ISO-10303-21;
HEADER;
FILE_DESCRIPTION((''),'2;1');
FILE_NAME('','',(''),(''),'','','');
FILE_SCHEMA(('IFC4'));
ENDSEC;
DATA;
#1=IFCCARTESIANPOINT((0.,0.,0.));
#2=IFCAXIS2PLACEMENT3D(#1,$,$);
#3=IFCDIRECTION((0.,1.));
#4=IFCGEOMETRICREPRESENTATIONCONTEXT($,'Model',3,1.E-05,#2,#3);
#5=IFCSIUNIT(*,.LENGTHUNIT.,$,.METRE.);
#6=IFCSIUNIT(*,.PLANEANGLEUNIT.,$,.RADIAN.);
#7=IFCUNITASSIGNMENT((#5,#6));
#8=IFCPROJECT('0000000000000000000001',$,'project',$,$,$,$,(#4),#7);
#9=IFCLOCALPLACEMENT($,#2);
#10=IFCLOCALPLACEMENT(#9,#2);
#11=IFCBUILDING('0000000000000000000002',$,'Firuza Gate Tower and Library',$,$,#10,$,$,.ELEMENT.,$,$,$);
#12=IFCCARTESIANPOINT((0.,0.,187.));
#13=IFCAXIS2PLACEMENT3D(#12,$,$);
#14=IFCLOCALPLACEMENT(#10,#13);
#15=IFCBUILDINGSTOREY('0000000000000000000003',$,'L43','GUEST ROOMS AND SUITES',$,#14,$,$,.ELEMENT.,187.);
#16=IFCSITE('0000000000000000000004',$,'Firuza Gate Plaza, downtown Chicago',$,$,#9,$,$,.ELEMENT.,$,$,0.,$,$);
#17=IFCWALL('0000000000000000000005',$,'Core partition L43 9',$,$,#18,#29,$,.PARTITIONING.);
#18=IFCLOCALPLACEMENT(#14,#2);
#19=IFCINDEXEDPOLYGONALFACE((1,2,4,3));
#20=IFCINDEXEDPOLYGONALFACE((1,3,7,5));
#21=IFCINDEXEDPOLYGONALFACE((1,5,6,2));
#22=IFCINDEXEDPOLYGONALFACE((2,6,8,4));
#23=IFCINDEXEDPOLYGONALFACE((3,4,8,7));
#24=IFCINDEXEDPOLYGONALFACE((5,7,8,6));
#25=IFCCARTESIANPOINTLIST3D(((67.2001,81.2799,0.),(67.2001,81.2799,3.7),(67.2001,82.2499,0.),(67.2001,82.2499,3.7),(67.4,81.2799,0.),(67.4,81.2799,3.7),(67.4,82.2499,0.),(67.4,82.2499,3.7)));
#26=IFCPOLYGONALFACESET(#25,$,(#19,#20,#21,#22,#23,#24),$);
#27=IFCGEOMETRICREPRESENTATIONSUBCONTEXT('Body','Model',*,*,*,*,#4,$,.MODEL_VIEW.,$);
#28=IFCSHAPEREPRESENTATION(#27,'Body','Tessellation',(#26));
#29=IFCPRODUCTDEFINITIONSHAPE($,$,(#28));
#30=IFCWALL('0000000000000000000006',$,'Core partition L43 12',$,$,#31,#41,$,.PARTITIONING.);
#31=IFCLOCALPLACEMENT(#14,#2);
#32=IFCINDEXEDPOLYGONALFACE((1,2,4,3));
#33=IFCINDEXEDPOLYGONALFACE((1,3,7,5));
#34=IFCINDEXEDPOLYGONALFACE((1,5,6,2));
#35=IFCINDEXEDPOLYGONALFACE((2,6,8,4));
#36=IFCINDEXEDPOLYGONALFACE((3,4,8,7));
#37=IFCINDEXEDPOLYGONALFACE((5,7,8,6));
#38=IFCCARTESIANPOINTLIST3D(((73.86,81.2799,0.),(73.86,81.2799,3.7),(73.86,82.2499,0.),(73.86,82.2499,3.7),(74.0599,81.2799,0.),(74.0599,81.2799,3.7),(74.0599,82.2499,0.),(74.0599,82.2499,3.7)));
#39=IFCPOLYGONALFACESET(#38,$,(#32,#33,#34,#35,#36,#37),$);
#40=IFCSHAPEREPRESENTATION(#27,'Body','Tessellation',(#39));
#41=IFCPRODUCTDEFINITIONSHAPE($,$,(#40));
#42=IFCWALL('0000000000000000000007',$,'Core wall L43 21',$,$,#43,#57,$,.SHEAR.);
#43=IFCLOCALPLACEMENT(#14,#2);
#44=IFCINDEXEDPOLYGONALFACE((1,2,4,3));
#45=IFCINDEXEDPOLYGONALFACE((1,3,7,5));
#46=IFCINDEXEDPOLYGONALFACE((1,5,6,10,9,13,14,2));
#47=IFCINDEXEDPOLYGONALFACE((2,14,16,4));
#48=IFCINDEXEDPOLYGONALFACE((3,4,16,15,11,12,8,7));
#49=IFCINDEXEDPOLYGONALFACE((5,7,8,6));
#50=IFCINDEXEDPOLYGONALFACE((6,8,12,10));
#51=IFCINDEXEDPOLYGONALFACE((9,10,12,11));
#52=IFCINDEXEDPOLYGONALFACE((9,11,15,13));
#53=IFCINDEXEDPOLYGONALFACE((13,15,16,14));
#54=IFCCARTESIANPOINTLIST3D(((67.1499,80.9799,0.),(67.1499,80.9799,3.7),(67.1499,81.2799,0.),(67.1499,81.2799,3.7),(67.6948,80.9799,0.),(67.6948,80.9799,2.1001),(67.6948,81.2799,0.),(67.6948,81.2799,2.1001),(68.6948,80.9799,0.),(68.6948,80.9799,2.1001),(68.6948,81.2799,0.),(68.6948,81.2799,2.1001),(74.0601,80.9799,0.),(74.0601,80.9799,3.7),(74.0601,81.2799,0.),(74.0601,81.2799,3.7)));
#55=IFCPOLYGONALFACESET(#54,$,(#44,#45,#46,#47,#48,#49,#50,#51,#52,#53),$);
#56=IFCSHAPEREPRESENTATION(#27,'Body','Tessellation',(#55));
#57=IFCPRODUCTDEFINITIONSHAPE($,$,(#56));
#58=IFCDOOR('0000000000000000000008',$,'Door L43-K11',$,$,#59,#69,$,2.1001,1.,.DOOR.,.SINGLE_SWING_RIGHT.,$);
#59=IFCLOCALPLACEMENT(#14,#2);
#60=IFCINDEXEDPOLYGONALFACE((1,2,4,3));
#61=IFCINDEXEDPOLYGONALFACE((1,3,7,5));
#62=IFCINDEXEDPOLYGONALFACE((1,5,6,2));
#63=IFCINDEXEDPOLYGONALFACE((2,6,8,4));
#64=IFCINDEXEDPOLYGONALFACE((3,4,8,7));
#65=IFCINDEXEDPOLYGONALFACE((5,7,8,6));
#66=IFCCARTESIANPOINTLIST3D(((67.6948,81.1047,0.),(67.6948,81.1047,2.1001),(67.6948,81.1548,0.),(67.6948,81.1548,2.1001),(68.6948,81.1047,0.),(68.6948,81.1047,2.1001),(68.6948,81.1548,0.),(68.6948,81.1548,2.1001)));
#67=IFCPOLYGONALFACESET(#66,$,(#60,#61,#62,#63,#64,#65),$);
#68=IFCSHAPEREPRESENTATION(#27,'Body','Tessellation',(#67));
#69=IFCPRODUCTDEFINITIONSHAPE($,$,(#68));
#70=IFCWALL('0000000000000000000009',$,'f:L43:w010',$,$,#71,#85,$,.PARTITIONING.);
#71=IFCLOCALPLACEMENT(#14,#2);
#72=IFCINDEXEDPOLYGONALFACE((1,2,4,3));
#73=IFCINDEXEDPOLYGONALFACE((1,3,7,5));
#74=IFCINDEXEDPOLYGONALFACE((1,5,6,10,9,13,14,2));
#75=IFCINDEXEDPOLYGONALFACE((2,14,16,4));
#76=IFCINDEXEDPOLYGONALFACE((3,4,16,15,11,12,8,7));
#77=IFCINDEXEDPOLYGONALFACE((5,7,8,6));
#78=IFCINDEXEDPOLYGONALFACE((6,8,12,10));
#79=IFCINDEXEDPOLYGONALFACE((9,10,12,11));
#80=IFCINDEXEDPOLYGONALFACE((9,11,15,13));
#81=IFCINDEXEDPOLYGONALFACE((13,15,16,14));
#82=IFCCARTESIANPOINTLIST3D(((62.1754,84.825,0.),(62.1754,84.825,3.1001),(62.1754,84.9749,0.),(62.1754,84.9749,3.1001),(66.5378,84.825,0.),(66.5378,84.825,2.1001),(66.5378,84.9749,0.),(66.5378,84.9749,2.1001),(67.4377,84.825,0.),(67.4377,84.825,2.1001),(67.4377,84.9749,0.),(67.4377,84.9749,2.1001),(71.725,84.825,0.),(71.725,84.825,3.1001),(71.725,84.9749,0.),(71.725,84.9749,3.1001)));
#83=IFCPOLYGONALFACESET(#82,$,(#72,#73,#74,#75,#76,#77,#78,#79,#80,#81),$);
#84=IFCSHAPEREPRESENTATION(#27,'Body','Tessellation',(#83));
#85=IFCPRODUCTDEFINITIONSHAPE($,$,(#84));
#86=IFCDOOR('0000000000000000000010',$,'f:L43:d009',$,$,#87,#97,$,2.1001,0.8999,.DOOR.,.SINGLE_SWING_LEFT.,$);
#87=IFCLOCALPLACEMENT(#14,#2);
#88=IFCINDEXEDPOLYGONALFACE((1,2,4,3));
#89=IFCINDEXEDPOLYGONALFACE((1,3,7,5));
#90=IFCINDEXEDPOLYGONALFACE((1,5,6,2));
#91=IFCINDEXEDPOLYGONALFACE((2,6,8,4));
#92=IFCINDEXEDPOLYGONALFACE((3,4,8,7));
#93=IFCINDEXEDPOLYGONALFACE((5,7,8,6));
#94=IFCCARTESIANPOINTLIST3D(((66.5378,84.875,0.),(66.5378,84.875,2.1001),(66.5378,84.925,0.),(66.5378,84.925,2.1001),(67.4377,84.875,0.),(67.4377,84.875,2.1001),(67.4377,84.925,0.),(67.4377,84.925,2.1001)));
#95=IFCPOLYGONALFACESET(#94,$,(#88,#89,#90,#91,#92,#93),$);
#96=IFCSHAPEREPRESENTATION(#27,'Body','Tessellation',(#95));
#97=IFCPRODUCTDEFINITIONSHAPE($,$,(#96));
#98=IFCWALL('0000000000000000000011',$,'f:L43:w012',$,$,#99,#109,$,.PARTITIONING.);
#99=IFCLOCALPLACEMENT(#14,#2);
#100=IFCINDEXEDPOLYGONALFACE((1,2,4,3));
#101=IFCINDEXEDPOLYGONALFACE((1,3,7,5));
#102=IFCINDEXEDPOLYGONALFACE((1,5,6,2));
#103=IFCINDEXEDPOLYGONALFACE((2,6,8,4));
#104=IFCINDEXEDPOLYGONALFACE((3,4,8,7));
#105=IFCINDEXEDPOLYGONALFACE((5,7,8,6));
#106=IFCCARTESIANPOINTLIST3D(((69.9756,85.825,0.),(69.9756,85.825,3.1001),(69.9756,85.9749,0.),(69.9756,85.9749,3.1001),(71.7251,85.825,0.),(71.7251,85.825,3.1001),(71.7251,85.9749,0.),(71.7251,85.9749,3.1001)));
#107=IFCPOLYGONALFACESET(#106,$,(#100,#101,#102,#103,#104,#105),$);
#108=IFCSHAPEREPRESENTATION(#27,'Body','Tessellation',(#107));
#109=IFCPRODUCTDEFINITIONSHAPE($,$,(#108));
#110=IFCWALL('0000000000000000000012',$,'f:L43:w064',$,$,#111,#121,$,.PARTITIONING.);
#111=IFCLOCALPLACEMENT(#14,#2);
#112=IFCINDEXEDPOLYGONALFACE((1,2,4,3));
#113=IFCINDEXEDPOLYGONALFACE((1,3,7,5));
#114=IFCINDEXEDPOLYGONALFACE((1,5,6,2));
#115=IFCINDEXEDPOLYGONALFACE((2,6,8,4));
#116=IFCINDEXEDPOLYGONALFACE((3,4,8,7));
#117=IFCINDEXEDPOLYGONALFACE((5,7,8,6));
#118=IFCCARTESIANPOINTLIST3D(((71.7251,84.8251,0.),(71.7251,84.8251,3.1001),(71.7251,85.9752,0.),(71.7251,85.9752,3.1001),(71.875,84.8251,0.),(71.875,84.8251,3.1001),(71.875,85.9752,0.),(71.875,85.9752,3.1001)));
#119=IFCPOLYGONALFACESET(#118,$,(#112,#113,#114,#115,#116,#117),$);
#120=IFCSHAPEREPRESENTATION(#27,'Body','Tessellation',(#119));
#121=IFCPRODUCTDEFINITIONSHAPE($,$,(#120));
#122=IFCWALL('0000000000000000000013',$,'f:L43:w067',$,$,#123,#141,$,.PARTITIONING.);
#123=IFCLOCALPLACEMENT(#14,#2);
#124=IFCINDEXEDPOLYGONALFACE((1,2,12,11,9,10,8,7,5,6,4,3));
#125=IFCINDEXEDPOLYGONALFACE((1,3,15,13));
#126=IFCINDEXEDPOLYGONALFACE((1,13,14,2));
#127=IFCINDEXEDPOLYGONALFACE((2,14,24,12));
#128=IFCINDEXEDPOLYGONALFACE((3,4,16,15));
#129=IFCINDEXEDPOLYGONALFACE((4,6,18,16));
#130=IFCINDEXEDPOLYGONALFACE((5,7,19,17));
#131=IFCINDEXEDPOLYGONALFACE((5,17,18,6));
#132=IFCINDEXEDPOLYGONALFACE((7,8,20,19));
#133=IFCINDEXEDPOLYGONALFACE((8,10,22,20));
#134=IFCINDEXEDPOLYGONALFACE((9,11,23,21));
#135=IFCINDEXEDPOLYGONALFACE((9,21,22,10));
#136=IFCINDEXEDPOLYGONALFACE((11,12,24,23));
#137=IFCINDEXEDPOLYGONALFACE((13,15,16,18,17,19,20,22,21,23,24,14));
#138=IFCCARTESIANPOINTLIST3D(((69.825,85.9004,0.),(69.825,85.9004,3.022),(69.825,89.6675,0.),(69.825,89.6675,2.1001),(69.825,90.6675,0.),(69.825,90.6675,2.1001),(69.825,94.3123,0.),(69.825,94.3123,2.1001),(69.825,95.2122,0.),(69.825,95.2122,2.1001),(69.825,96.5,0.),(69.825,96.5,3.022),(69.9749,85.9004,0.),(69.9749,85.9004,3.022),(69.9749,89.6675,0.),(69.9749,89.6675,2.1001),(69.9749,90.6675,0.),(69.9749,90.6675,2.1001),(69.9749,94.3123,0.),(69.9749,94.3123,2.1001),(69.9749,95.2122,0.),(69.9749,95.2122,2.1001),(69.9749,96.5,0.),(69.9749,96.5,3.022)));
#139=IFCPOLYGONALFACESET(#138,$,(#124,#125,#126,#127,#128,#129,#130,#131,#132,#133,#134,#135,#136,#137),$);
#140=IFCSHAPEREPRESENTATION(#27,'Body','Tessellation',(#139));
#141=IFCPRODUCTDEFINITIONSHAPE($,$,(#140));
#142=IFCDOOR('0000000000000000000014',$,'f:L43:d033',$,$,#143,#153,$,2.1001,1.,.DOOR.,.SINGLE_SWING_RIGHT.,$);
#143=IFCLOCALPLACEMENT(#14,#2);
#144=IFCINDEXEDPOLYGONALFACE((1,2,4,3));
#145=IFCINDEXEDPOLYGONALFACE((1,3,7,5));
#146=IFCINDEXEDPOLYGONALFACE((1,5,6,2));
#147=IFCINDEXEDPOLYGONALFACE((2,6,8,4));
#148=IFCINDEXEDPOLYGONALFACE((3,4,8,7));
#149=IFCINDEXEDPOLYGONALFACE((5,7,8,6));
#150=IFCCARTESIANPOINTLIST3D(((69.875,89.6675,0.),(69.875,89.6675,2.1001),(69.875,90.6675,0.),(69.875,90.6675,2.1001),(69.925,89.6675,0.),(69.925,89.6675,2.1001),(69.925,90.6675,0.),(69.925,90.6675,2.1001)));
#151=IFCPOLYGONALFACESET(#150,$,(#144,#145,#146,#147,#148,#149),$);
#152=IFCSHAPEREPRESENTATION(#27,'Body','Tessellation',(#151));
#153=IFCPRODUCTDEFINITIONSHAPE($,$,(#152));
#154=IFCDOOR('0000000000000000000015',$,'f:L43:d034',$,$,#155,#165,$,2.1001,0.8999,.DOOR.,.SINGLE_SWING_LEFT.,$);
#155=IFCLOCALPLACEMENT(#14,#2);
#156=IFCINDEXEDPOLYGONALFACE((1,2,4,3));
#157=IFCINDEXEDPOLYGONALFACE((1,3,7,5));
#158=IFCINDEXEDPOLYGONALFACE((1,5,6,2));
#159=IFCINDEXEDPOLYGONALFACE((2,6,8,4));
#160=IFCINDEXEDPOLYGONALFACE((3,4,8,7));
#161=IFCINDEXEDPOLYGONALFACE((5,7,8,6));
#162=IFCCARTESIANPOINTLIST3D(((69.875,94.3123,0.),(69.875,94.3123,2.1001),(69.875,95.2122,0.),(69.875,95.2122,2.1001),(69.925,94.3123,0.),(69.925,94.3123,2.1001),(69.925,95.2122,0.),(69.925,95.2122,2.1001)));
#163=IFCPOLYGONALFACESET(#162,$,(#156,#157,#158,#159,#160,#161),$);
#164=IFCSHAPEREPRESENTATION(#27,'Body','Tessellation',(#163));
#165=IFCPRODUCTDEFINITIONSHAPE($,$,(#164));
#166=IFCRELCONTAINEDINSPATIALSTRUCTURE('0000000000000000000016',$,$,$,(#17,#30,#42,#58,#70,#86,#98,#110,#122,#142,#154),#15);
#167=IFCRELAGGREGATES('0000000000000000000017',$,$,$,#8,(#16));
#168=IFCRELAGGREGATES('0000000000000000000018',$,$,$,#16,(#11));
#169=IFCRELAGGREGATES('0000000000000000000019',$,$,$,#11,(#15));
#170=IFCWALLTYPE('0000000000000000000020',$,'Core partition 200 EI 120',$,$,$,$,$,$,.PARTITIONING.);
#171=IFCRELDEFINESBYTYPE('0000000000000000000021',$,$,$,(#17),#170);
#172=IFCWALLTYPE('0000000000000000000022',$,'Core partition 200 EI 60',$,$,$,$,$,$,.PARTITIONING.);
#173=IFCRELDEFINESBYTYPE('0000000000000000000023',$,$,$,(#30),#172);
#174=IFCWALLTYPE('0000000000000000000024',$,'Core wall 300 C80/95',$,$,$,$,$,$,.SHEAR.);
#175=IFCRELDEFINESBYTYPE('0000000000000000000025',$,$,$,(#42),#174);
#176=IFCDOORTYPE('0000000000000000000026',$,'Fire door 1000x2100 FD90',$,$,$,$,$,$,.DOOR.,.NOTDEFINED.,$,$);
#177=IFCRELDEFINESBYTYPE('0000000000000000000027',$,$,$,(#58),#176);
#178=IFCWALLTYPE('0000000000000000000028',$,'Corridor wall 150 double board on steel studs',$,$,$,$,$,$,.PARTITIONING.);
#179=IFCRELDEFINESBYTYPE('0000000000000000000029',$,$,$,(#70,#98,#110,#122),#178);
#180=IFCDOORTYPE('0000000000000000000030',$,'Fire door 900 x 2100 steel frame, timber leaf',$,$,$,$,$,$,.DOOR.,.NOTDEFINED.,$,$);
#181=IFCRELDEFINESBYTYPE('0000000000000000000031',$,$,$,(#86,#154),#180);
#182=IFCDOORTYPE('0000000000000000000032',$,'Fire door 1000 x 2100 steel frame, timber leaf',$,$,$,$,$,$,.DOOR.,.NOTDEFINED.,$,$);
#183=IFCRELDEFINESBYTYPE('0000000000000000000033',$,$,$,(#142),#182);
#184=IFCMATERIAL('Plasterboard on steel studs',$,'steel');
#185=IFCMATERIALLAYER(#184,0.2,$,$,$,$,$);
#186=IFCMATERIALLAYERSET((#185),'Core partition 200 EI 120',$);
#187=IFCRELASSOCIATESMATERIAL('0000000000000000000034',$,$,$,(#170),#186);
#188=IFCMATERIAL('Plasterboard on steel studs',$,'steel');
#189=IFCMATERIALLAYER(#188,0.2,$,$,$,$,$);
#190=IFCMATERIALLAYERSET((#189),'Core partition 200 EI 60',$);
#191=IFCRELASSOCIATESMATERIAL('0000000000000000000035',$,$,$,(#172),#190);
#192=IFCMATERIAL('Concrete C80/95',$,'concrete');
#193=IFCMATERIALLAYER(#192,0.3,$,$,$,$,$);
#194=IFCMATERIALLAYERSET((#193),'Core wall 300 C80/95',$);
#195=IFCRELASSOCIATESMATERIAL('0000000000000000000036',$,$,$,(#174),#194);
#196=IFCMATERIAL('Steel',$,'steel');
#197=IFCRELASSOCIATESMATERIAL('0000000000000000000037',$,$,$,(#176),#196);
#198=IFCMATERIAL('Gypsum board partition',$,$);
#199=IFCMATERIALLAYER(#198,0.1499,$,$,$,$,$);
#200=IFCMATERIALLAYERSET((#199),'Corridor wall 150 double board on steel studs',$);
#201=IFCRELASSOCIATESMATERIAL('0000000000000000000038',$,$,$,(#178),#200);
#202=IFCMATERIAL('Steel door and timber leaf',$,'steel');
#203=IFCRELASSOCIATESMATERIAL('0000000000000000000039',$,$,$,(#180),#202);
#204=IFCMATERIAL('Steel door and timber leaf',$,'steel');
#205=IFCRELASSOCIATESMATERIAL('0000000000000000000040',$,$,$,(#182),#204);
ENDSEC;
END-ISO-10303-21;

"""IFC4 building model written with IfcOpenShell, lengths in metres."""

from ifc_helpers import new_model, si_unit, direction, frame, frame_2d, origin, place, context, subcontext, project, spatial, rectangle, extrude, material, layer, layer_set, type_object, element, fill, save


model = new_model("IFC4")

# Units and contexts
model_context = context("Model", 3, precision=1e-05, world=origin(), true_north=direction((0.0, 1.0)))
body_context = subcontext(model_context, "Body", "Model", "MODEL_VIEW")
ifc_project = project(units=[si_unit("LENGTHUNIT", "METRE"), si_unit("PLANEANGLEUNIT", "RADIAN")], contexts=[model_context])

# Site, building, storey
site_placement = place(None, origin())
site = spatial("IfcSite", under=ifc_project, at=site_placement, Name="Firuza Gate Plaza, downtown Chicago", CompositionType="ELEMENT", RefElevation=0.0)
building_placement = place(site_placement, origin())
building = spatial("IfcBuilding", under=site, at=building_placement, Name="Firuza Gate Tower and Library", CompositionType="ELEMENT")
storey_placement = place(building_placement, frame((0.0, 0.0, 187.0)))
storey = spatial("IfcBuildingStorey", under=building, at=storey_placement, Name="L43", Description="GUEST ROOMS AND SUITES", CompositionType="ELEMENT", Elevation=187.0)

# Walls
ifc_material_1 = material(Name="Plasterboard on steel studs", Category="steel")
ifc_layer_1 = layer(ifc_material_1, 0.2)
ifc_layer_set_1 = layer_set([ifc_layer_1], Name="Core partition 200 EI 120")
wall_type_1 = type_object("IfcWallType", Name="Core partition 200 EI 120", PredefinedType="PARTITIONING", material=ifc_layer_set_1)
wall_1_placement = place(storey_placement, frame((67.3, 81.28, 0.0), z_axis=(0.0, 0.0, 1.0), x_axis=(0.0, 1.0, 0.0)))
element("IfcWall", 1, at=wall_1_placement, inside=storey, type_object=wall_type_1, Name="Core partition L43 9", PredefinedType="PARTITIONING", context=body_context, shape_type="SweptSolid", body=[
    extrude(rectangle(XDim=0.97, YDim=0.2, at=frame_2d((0.4849, 0.0))), origin(), (0.0, 0.0, 1.0), 3.7),
])
ifc_material_2 = material(Name="Plasterboard on steel studs", Category="steel")
ifc_layer_2 = layer(ifc_material_2, 0.2)
ifc_layer_set_2 = layer_set([ifc_layer_2], Name="Core partition 200 EI 60")
wall_type_2 = type_object("IfcWallType", Name="Core partition 200 EI 60", PredefinedType="PARTITIONING", material=ifc_layer_set_2)
wall_2_placement = place(storey_placement, frame((73.96, 81.28, 0.0), z_axis=(0.0, 0.0, 1.0), x_axis=(0.0, 1.0, 0.0)))
element("IfcWall", 2, at=wall_2_placement, inside=storey, type_object=wall_type_2, Name="Core partition L43 12", PredefinedType="PARTITIONING", context=body_context, shape_type="SweptSolid", body=[
    extrude(rectangle(XDim=0.97, YDim=0.2, at=frame_2d((0.4849, 0.0))), origin(), (0.0, 0.0, 1.0), 3.7),
])

# Walls, openings, doors
ifc_material_3 = material(Name="Concrete C80/95", Category="concrete")
ifc_layer_3 = layer(ifc_material_3, 0.3)
ifc_layer_set_3 = layer_set([ifc_layer_3], Name="Core wall 300 C80/95")
wall_type_3 = type_object("IfcWallType", Name="Core wall 300 C80/95", PredefinedType="SHEAR", material=ifc_layer_set_3)
wall_3_placement = place(storey_placement, frame((67.1499, 81.1299, 0.0), z_axis=(0.0, 0.0, 1.0), x_axis=(1.0, 0.0, 0.0)))
wall_3 = element("IfcWall", 3, at=wall_3_placement, inside=storey, type_object=wall_type_3, Name="Core wall L43 21", PredefinedType="SHEAR", context=body_context, shape_type="SweptSolid", body=[
    extrude(rectangle(XDim=6.9102, YDim=0.3, at=frame_2d((3.4551, 0.0))), origin(), (0.0, 0.0, 1.0), 3.7),
])
opening_1_placement = place(wall_3_placement, frame((0.5449, 0.0, 0.0)))
opening_1 = element("IfcOpeningElement", 4, at=opening_1_placement, cuts=wall_3, PredefinedType="OPENING", context=body_context, shape_type="SweptSolid", body=[
    extrude(rectangle(XDim=1.0, YDim=2.1001, at=frame_2d((0.5, 1.05))), frame((0.0, 0.1602, 0.0), z_axis=(0.0, -1.0, 0.0), x_axis=(1.0, 0.0, 0.0)), (0.0, 0.0, 1.0), 0.3201),
])
ifc_material_4 = material(Name="Steel", Category="steel")
door_type_1 = type_object("IfcDoorType", Name="Fire door 1000x2100 FD90", OperationType="NOTDEFINED", PredefinedType="DOOR", material=ifc_material_4)
door_1_placement = place(opening_1_placement, origin())
door_1 = element("IfcDoor", 5, at=door_1_placement, inside=storey, type_object=door_type_1, Name="Door L43-K11", OperationType="SINGLE_SWING_RIGHT", OverallHeight=2.1001, OverallWidth=1.0, PredefinedType="DOOR", context=body_context, shape_type="SweptSolid", body=[
    extrude(rectangle(XDim=1.0, YDim=2.1001, at=frame_2d((0.5, 1.05))), frame((0.0, 0.0249, 0.0), z_axis=(0.0, -1.0, 0.0), x_axis=(1.0, 0.0, 0.0)), (0.0, 0.0, 1.0), 0.05),
])
fill(opening_1, door_1)
ifc_material_5 = material(Name="Gypsum board partition")
ifc_layer_4 = layer(ifc_material_5, 0.1499)
ifc_layer_set_4 = layer_set([ifc_layer_4], Name="Corridor wall 150 double board on steel studs")
wall_type_4 = type_object("IfcWallType", Name="Corridor wall 150 double board on steel studs", PredefinedType="PARTITIONING", material=ifc_layer_set_4)
wall_4_placement = place(storey_placement, frame((71.7251, 84.8999, 0.0), z_axis=(0.0, 0.0, 1.0), x_axis=(-1.0, 0.0, 0.0)))
wall_4 = element("IfcWall", 6, at=wall_4_placement, inside=storey, type_object=wall_type_4, Name="f:L43:w010", PredefinedType="PARTITIONING", context=body_context, shape_type="SweptSolid", body=[
    extrude(rectangle(XDim=9.5496, YDim=0.1499, at=frame_2d((4.7749, 0.0))), origin(), (0.0, 0.0, 1.0), 3.1001),
])
opening_2_placement = place(wall_4_placement, frame((4.2874, 0.0, 0.0)))
opening_2 = element("IfcOpeningElement", 7, at=opening_2_placement, cuts=wall_4, PredefinedType="OPENING", context=body_context, shape_type="SweptSolid", body=[
    extrude(rectangle(XDim=0.8999, YDim=2.1001, at=frame_2d((0.45, 1.05))), frame((0.0, 0.085, 0.0), z_axis=(0.0, -1.0, 0.0), x_axis=(1.0, 0.0, 0.0)), (0.0, 0.0, 1.0), 0.1699),
])
ifc_material_6 = material(Name="Steel door and timber leaf", Category="steel")
door_type_2 = type_object("IfcDoorType", Name="Fire door 900 x 2100 steel frame, timber leaf", OperationType="NOTDEFINED", PredefinedType="DOOR", material=ifc_material_6)
door_2_placement = place(opening_2_placement, origin())
door_2 = element("IfcDoor", 8, at=door_2_placement, inside=storey, type_object=door_type_2, Name="f:L43:d009", OperationType="SINGLE_SWING_LEFT", OverallHeight=2.1001, OverallWidth=0.8999, PredefinedType="DOOR", context=body_context, shape_type="SweptSolid", body=[
    extrude(rectangle(XDim=0.8999, YDim=2.1001, at=frame_2d((0.45, 1.05))), frame((0.0, 0.0249, 0.0), z_axis=(0.0, -1.0, 0.0), x_axis=(1.0, 0.0, 0.0)), (0.0, 0.0, 1.0), 0.05),
])
fill(opening_2, door_2)

# Walls
wall_5_placement = place(storey_placement, frame((69.9756, 85.8999, 0.0), z_axis=(0.0, 0.0, 1.0), x_axis=(1.0, 0.0, 0.0)))
element("IfcWall", 9, at=wall_5_placement, inside=storey, type_object=wall_type_4, Name="f:L43:w012", PredefinedType="PARTITIONING", context=body_context, shape_type="SweptSolid", body=[
    extrude(rectangle(XDim=1.7495, YDim=0.1499, at=frame_2d((0.8748, 0.0))), origin(), (0.0, 0.0, 1.0), 3.1001),
])
wall_6_placement = place(storey_placement, frame((71.8, 84.825, 0.0), z_axis=(0.0, 0.0, 1.0), x_axis=(0.0, 1.0, 0.0)))
element("IfcWall", 10, at=wall_6_placement, inside=storey, type_object=wall_type_4, Name="f:L43:w064", PredefinedType="PARTITIONING", context=body_context, shape_type="SweptSolid", body=[
    extrude(rectangle(XDim=1.1501, YDim=0.1499, at=frame_2d((0.5752, 0.0))), origin(), (0.0, 0.0, 1.0), 3.1001),
])

# Wall, openings, doors
wall_7_placement = place(storey_placement, frame((69.8999, 85.9004, 0.0), z_axis=(0.0, 0.0, 1.0), x_axis=(0.0, 1.0, 0.0)))
wall_7 = element("IfcWall", 11, at=wall_7_placement, inside=storey, type_object=wall_type_4, Name="f:L43:w067", PredefinedType="PARTITIONING", context=body_context, shape_type="SweptSolid", body=[
    extrude(rectangle(XDim=10.5996, YDim=0.1499, at=frame_2d((5.2998, 0.0))), origin(), (0.0, 0.0, 1.0), 3.022),
])
opening_3_placement = place(wall_7_placement, frame((3.7671, 0.0, 0.0)))
opening_3 = element("IfcOpeningElement", 12, at=opening_3_placement, cuts=wall_7, PredefinedType="OPENING", context=body_context, shape_type="SweptSolid", body=[
    extrude(rectangle(XDim=1.0, YDim=2.1001, at=frame_2d((0.5, 1.05))), frame((0.0, 0.085, 0.0), z_axis=(0.0, -1.0, 0.0), x_axis=(1.0, 0.0, 0.0)), (0.0, 0.0, 1.0), 0.1699),
])
opening_4_placement = place(wall_7_placement, frame((8.4119, 0.0, 0.0)))
opening_4 = element("IfcOpeningElement", 13, at=opening_4_placement, cuts=wall_7, PredefinedType="OPENING", context=body_context, shape_type="SweptSolid", body=[
    extrude(rectangle(XDim=0.8999, YDim=2.1001, at=frame_2d((0.45, 1.05))), frame((0.0, 0.085, 0.0), z_axis=(0.0, -1.0, 0.0), x_axis=(1.0, 0.0, 0.0)), (0.0, 0.0, 1.0), 0.1699),
])
ifc_material_7 = material(Name="Steel door and timber leaf", Category="steel")
door_type_3 = type_object("IfcDoorType", Name="Fire door 1000 x 2100 steel frame, timber leaf", OperationType="NOTDEFINED", PredefinedType="DOOR", material=ifc_material_7)
door_3_placement = place(opening_3_placement, origin())
door_3 = element("IfcDoor", 14, at=door_3_placement, inside=storey, type_object=door_type_3, Name="f:L43:d033", OperationType="SINGLE_SWING_RIGHT", OverallHeight=2.1001, OverallWidth=1.0, PredefinedType="DOOR", context=body_context, shape_type="SweptSolid", body=[
    extrude(rectangle(XDim=1.0, YDim=2.1001, at=frame_2d((0.5, 1.05))), frame((0.0, 0.0249, 0.0), z_axis=(0.0, -1.0, 0.0), x_axis=(1.0, 0.0, 0.0)), (0.0, 0.0, 1.0), 0.05),
])
fill(opening_3, door_3)
door_4_placement = place(opening_4_placement, origin())
door_4 = element("IfcDoor", 15, at=door_4_placement, inside=storey, type_object=door_type_2, Name="f:L43:d034", OperationType="SINGLE_SWING_LEFT", OverallHeight=2.1001, OverallWidth=0.8999, PredefinedType="DOOR", context=body_context, shape_type="SweptSolid", body=[
    extrude(rectangle(XDim=0.8999, YDim=2.1001, at=frame_2d((0.45, 1.05))), frame((0.0, 0.0249, 0.0), z_axis=(0.0, -1.0, 0.0), x_axis=(1.0, 0.0, 0.0)), (0.0, 0.0, 1.0), 0.05),
])
fill(opening_4, door_4)

save(model, "model.ifc")
